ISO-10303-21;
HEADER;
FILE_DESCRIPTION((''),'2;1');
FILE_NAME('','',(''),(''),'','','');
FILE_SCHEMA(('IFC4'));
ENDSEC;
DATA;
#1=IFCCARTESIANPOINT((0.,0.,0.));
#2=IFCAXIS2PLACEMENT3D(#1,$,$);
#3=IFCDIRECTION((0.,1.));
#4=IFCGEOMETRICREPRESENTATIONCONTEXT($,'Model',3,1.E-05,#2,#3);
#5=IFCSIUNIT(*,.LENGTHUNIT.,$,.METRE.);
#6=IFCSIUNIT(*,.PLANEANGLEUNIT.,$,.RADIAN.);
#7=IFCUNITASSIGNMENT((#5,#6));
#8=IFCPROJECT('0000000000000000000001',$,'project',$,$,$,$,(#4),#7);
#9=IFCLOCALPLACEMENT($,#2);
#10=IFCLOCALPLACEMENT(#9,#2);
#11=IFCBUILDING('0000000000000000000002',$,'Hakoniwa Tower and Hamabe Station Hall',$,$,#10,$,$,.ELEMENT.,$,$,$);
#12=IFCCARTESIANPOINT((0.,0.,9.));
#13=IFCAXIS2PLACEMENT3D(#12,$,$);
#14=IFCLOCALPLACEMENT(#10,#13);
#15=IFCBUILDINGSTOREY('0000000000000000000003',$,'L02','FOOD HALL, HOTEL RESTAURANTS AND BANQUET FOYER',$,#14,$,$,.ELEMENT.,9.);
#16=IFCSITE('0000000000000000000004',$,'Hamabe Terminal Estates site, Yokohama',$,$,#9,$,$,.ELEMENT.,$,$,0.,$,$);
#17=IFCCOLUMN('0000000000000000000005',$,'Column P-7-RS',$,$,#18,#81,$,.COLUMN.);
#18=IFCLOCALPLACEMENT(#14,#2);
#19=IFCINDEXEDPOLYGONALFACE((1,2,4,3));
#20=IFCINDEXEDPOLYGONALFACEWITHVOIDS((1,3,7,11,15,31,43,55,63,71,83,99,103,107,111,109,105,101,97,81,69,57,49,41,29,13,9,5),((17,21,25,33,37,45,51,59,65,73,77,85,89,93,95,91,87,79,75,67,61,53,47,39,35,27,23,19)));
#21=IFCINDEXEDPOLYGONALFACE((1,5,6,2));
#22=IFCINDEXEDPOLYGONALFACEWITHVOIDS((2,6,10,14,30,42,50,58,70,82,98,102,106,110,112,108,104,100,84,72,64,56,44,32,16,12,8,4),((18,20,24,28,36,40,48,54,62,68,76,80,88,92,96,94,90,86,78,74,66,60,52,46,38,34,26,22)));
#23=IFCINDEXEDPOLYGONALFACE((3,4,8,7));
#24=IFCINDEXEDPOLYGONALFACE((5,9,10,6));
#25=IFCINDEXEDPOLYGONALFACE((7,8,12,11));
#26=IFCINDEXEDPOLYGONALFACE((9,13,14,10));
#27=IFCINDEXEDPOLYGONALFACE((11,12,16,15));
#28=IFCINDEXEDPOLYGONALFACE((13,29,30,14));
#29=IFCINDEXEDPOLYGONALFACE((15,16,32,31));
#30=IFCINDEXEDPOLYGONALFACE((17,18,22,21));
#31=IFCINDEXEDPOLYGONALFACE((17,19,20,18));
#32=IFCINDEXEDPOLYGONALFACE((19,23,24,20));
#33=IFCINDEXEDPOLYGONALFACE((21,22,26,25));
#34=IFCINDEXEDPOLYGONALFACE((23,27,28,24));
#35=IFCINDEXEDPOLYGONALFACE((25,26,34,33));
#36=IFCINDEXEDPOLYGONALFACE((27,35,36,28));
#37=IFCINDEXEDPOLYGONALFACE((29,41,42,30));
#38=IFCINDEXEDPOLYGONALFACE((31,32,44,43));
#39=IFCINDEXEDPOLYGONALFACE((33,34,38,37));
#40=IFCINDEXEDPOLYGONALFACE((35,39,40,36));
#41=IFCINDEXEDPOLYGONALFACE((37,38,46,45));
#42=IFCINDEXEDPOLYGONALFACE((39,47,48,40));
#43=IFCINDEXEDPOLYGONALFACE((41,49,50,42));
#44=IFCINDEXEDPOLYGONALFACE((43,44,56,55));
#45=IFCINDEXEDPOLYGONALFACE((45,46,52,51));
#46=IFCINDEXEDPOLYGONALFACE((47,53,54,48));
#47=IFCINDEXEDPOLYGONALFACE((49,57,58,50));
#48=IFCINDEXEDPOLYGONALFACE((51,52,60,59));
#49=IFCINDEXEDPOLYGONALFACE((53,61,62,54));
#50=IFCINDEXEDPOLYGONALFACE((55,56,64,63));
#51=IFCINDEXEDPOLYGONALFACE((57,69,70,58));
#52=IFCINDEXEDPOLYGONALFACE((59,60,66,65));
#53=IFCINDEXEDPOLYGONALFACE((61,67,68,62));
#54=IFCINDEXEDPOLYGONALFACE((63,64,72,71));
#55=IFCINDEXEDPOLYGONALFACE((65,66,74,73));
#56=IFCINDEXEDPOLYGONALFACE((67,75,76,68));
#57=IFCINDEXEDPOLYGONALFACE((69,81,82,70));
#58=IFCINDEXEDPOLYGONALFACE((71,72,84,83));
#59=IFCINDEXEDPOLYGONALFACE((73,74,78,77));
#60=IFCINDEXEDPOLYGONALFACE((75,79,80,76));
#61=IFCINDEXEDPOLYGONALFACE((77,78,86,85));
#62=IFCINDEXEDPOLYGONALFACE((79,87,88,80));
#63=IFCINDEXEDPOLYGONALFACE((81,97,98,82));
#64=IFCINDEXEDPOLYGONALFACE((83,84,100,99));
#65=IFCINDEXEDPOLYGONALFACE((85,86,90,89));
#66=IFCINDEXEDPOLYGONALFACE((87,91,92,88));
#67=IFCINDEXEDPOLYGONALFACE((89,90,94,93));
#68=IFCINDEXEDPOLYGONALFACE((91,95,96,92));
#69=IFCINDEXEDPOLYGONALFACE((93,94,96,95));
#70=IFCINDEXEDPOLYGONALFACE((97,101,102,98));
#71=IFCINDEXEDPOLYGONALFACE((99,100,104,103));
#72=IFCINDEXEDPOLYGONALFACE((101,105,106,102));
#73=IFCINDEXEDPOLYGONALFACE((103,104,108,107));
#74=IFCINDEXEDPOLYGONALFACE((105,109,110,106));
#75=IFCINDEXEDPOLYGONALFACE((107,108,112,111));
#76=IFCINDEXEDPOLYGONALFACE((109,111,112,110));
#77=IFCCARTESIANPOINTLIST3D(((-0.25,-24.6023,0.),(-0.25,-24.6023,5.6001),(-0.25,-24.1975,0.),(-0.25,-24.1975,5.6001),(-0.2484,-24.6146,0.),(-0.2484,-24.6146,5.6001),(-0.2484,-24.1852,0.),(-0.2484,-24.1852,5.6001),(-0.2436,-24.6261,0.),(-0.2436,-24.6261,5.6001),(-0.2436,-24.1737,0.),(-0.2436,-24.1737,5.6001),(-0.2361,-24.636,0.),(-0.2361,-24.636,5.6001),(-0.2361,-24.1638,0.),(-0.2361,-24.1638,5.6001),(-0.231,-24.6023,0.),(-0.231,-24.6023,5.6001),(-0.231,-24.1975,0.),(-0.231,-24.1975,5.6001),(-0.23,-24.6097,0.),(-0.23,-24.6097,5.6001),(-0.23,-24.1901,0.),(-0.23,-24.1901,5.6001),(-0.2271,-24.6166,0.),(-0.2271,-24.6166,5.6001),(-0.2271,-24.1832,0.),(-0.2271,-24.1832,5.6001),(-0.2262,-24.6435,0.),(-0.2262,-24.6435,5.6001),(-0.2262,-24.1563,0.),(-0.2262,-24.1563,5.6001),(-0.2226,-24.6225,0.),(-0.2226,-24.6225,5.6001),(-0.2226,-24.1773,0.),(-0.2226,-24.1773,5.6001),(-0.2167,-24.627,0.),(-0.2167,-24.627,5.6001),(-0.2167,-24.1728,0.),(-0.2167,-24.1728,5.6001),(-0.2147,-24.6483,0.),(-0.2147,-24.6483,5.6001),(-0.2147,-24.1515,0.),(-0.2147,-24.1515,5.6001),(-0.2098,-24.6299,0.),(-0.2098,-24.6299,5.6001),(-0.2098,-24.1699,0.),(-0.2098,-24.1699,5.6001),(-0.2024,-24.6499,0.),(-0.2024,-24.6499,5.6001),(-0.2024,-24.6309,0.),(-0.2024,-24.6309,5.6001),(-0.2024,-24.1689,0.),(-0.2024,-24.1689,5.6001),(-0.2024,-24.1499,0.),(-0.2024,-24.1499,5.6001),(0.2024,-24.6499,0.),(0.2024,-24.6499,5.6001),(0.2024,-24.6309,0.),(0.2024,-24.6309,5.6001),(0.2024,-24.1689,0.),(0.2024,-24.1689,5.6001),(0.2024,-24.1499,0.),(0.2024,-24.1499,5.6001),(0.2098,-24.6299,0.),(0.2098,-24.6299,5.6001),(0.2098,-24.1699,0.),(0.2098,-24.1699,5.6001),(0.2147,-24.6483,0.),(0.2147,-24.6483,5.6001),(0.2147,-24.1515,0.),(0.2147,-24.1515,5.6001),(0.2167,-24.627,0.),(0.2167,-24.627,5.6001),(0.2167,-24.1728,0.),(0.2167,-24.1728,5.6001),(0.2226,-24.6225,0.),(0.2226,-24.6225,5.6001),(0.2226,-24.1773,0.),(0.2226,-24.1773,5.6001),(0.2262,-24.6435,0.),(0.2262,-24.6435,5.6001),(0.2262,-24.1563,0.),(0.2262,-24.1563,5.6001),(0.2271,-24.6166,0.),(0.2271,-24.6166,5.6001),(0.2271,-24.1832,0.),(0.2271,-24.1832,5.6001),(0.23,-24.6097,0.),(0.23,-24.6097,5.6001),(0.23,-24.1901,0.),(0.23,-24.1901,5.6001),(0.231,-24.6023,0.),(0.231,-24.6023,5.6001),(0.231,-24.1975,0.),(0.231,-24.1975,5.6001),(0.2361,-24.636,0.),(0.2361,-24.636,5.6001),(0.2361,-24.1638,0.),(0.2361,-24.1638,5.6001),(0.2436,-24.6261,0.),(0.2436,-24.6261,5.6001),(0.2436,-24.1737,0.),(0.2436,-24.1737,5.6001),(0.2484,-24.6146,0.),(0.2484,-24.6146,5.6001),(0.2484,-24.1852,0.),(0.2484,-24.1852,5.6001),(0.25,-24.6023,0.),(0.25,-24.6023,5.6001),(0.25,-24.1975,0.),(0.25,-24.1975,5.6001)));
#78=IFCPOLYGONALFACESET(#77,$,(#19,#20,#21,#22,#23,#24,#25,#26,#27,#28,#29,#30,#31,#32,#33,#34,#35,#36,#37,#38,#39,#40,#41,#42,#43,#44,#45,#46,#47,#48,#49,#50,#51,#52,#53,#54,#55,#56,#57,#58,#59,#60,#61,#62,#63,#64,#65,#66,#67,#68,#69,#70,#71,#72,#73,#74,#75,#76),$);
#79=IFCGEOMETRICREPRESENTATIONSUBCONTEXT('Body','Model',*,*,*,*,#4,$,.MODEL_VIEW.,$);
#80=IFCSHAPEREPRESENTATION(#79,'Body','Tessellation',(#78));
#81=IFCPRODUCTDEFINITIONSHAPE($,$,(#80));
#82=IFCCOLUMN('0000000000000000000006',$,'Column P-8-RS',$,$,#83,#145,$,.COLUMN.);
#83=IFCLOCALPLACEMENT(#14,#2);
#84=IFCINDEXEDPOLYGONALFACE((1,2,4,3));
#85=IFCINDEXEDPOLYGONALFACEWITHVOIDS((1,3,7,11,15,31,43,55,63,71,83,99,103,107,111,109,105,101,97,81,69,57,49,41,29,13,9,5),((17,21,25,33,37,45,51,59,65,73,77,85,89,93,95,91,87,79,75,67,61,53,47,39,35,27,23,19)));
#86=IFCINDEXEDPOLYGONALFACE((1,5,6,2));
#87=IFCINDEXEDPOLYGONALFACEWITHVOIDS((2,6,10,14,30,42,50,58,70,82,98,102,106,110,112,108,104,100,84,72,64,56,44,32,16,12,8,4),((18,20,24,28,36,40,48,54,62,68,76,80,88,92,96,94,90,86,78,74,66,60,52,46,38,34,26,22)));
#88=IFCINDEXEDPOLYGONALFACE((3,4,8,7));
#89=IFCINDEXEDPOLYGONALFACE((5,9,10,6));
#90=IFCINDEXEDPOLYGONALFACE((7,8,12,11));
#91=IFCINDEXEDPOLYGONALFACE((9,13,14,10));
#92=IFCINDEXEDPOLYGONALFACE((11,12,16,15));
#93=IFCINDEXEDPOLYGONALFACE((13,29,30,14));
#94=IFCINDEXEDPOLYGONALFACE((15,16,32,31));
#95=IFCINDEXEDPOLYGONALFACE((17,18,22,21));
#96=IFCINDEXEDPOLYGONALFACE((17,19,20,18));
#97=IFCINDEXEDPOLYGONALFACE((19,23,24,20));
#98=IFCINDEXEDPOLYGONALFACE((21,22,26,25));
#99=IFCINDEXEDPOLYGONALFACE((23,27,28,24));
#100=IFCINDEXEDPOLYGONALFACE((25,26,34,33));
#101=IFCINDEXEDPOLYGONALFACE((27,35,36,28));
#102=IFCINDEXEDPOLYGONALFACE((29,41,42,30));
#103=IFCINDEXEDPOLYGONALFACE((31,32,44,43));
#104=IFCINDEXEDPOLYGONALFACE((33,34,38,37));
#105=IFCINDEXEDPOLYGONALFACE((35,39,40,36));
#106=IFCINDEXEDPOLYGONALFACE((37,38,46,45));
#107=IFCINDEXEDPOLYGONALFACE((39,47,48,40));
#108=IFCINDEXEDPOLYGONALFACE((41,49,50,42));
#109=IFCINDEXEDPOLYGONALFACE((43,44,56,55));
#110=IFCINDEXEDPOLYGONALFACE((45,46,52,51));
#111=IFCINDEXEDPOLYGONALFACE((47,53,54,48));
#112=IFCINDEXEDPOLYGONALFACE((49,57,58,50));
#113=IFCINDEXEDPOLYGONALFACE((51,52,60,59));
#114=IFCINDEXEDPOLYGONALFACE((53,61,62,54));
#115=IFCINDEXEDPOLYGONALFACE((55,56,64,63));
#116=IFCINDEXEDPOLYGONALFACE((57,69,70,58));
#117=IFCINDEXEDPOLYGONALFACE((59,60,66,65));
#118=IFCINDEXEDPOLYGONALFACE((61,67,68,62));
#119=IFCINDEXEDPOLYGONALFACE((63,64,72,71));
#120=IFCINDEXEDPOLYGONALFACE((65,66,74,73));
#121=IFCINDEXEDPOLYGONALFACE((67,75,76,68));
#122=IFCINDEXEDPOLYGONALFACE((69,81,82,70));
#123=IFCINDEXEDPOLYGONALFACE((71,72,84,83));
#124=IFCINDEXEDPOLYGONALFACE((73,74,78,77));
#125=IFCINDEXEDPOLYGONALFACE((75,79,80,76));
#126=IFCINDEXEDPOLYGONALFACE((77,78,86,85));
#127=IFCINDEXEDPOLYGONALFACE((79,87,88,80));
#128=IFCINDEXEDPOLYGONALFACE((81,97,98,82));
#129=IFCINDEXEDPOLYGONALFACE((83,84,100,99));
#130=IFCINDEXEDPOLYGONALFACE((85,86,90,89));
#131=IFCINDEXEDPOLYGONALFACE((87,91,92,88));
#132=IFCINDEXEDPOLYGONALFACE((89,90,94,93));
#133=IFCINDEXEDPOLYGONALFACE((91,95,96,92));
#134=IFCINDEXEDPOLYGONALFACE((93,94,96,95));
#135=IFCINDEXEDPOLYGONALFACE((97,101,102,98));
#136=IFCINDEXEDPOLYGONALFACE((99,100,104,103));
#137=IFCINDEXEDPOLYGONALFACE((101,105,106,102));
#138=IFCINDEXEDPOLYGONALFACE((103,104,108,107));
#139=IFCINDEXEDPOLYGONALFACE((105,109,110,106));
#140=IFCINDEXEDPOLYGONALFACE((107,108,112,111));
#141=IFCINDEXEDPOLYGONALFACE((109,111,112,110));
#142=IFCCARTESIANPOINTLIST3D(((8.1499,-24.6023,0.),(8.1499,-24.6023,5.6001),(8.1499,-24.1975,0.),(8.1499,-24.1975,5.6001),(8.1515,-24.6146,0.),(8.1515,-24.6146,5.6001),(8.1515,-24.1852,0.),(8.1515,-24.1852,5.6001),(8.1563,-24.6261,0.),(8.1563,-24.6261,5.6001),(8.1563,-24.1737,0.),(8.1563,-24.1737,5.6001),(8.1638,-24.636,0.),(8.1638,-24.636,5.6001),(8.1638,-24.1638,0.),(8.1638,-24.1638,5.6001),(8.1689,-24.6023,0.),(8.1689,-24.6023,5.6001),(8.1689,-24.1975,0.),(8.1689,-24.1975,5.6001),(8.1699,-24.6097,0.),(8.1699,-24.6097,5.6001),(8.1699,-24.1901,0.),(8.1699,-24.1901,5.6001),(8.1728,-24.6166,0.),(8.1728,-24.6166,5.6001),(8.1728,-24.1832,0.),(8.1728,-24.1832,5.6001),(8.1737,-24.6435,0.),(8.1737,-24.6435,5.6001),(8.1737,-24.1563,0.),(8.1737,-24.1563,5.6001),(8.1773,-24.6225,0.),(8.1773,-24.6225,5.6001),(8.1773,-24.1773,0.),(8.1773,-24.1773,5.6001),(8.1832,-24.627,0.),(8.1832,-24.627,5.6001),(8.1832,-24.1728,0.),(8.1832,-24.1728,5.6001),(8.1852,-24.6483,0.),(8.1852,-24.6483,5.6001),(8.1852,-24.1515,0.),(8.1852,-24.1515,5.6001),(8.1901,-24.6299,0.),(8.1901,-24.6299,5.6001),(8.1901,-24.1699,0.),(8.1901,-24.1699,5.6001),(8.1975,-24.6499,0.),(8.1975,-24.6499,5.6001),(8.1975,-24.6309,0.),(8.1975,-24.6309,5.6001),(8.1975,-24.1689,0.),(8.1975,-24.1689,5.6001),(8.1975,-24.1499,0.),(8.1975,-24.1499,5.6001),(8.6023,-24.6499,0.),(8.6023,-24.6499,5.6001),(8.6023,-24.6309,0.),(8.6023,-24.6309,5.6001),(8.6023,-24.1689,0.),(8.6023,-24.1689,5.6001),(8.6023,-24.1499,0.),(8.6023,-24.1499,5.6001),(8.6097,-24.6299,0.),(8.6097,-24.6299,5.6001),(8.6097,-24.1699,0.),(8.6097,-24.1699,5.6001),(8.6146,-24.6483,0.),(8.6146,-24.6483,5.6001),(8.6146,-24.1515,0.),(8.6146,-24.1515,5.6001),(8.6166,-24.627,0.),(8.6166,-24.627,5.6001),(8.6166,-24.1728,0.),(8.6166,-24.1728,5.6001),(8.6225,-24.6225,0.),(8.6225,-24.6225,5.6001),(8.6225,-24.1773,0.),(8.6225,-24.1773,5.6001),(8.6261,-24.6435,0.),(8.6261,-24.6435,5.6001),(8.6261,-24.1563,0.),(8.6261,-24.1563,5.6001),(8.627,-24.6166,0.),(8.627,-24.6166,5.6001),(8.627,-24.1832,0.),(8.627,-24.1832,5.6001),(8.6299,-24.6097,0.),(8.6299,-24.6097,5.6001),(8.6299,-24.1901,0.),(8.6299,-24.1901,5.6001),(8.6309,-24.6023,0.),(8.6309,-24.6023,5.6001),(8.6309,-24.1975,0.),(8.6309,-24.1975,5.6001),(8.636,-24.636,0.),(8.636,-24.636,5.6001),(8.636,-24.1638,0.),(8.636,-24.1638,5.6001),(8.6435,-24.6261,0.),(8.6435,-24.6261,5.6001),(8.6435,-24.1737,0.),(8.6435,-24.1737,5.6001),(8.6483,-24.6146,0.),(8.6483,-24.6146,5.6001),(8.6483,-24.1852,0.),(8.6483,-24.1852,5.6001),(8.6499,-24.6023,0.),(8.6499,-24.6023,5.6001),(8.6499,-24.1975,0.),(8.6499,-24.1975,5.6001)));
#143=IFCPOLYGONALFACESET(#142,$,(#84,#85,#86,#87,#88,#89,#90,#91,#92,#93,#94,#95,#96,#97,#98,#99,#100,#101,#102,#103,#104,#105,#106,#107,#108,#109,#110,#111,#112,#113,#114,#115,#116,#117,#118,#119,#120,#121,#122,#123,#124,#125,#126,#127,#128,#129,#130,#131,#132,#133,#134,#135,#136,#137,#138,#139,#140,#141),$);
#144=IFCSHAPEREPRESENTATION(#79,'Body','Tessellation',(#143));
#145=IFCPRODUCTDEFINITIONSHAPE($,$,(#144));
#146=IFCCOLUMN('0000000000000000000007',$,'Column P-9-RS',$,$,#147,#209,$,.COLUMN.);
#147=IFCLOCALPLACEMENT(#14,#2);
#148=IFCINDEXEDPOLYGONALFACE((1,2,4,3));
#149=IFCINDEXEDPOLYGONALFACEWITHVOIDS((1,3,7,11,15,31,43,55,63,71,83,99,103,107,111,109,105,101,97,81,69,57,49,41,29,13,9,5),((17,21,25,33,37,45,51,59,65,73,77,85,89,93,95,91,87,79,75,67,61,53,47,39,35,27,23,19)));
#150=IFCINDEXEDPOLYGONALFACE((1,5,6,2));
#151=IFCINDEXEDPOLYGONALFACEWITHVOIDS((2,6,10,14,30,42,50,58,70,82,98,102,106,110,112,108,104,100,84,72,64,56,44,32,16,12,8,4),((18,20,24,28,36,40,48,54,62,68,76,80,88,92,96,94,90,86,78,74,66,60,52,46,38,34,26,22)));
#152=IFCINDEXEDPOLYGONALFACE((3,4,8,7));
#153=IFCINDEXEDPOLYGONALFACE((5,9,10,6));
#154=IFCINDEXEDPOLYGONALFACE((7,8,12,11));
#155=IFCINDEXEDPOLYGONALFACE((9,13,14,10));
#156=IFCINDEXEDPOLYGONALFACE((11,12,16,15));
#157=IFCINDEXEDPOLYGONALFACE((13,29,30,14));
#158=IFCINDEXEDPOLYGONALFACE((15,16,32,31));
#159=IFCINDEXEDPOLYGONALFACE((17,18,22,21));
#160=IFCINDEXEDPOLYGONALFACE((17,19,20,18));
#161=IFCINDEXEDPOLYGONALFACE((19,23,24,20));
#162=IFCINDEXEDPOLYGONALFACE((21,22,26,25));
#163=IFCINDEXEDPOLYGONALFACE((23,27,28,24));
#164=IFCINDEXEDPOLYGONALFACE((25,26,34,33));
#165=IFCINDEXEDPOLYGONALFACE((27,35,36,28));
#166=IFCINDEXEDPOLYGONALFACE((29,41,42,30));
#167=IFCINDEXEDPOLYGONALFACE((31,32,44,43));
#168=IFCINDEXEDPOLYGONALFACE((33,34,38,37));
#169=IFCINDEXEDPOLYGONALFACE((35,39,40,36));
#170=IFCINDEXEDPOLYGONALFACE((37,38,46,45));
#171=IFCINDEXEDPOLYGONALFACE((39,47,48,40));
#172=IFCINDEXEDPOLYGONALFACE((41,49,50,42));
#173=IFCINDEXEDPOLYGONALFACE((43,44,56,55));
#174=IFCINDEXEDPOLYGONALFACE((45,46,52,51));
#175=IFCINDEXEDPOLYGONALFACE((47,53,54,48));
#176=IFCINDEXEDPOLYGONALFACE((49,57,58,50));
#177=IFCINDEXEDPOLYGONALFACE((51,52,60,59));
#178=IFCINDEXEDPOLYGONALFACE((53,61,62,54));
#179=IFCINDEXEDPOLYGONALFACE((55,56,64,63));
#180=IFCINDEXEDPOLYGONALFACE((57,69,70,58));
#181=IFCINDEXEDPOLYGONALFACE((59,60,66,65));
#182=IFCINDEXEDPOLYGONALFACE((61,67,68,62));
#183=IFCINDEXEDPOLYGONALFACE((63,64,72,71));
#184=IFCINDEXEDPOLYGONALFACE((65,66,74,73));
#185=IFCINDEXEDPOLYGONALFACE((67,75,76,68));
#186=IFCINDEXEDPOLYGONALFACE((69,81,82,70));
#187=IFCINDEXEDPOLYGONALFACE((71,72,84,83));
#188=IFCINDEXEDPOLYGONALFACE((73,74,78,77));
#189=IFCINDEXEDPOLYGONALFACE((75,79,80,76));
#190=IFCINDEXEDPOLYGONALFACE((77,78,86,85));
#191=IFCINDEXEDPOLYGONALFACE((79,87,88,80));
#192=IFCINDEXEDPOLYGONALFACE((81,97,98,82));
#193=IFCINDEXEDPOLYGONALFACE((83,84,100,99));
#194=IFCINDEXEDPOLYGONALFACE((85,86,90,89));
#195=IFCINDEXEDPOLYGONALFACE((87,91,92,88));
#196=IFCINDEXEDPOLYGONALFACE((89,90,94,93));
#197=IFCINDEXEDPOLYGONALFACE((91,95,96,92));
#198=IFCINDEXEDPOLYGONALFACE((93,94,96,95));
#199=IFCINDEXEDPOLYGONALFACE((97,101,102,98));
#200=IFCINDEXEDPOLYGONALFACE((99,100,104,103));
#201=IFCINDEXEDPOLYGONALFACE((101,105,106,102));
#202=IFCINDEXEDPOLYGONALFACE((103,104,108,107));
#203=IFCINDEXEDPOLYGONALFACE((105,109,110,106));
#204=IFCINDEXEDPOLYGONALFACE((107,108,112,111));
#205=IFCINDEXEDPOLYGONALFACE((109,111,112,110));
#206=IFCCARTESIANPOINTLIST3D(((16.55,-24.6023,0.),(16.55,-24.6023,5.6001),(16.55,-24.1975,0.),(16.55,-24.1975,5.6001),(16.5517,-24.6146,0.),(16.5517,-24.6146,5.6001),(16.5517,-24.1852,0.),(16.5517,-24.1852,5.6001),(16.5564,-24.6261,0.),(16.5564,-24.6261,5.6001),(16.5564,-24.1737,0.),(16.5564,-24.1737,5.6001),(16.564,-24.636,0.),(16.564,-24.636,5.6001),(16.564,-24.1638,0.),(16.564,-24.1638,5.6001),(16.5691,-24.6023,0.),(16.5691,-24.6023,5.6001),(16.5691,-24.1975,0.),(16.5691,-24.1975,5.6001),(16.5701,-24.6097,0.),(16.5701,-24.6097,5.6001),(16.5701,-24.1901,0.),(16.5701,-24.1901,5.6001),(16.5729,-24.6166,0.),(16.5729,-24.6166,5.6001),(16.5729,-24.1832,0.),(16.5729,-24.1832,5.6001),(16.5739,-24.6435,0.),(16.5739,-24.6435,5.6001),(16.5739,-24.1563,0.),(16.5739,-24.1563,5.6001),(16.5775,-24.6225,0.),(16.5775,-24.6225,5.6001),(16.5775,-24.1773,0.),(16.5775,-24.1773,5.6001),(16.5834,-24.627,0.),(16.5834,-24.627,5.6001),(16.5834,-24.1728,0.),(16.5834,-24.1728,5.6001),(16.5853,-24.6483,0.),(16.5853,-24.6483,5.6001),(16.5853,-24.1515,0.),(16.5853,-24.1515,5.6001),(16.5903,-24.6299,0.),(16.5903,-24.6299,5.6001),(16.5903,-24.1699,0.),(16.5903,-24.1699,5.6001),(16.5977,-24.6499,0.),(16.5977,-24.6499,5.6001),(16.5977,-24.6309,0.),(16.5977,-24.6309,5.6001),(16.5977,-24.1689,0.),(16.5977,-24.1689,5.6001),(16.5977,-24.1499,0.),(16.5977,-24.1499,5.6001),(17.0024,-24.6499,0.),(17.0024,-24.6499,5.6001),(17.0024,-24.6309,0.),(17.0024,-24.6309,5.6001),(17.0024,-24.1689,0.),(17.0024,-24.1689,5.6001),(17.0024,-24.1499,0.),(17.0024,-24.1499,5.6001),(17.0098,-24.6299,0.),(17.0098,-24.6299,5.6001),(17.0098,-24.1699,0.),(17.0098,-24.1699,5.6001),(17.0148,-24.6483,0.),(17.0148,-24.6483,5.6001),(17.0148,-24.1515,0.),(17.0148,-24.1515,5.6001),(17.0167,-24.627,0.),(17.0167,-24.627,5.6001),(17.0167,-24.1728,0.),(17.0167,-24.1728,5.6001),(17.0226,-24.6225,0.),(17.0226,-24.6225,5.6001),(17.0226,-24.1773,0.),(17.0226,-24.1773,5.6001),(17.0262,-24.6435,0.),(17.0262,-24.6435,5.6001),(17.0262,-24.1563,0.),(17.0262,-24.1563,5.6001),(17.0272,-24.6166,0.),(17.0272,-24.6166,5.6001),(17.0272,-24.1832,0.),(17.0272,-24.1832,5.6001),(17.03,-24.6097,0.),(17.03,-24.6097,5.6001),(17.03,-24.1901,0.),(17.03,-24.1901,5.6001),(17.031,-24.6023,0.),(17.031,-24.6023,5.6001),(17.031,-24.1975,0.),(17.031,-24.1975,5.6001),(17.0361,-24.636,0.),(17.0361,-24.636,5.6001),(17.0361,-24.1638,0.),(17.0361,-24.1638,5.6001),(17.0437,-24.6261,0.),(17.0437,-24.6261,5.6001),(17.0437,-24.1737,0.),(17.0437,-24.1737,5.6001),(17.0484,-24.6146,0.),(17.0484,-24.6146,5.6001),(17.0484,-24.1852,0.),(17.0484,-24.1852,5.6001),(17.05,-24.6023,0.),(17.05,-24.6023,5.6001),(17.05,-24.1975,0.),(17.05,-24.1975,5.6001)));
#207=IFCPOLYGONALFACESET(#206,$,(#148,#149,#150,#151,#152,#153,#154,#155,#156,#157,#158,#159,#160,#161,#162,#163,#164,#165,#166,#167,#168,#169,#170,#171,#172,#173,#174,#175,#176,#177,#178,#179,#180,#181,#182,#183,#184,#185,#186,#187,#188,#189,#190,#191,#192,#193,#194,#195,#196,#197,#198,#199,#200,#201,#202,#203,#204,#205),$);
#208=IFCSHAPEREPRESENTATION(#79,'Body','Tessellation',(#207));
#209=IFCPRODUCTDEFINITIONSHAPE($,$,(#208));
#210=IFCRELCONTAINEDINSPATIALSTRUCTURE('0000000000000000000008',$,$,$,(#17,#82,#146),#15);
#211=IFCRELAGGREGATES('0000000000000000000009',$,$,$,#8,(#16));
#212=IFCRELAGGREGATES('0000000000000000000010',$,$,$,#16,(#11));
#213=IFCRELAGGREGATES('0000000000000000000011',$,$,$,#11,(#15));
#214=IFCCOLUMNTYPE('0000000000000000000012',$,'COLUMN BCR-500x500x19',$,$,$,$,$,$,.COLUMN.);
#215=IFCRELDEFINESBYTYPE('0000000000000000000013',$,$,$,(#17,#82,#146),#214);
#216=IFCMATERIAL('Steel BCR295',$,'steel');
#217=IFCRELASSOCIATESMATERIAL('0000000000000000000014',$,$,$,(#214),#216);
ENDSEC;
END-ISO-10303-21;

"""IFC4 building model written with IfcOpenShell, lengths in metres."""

from ifc_helpers import new_model, si_unit, direction, frame, origin, origin_2d, place, context, subcontext, project, spatial, hollow_rectangle, extrude, material, material_profile, profile_set, type_object, element, save


model = new_model("IFC4")

# Units and contexts
model_context = context("Model", 3, precision=1e-05, world=origin(), true_north=direction((0.0, 1.0)))
body_context = subcontext(model_context, "Body", "Model", "MODEL_VIEW")
ifc_project = project(units=[si_unit("LENGTHUNIT", "METRE"), si_unit("PLANEANGLEUNIT", "RADIAN")], contexts=[model_context])

# Site, building, storey
site_placement = place(None, origin())
site = spatial("IfcSite", under=ifc_project, at=site_placement, Name="Hamabe Terminal Estates site, Yokohama", CompositionType="ELEMENT", RefElevation=0.0)
building_placement = place(site_placement, origin())
building = spatial("IfcBuilding", under=site, at=building_placement, Name="Hakoniwa Tower and Hamabe Station Hall", CompositionType="ELEMENT")
storey_placement = place(building_placement, frame((0.0, 0.0, 9.0)))
storey = spatial("IfcBuildingStorey", under=building, at=storey_placement, Name="L02", Description="FOOD HALL, HOTEL RESTAURANTS AND BANQUET FOYER", CompositionType="ELEMENT", Elevation=9.0)

# Columns
ifc_material_1 = material(Name="Steel BCR295", Category="steel")
ifc_material_profile_1 = material_profile(ifc_material_1, hollow_rectangle(XDim=0.5, YDim=0.5, WallThickness=0.019, InnerFilletRadius=0.0286, OuterFilletRadius=0.0476, at=origin_2d()), Name="BCR-500x500x19")
ifc_profile_set_1 = profile_set([ifc_material_profile_1], Name="Steel BCR295")
column_type_1 = type_object("IfcColumnType", Name="COLUMN BCR-500x500x19", PredefinedType="COLUMN", material=ifc_profile_set_1)
for number, where, z_axis, x_axis, name in (
    (1, (0.0, -24.3999, 0.0), (0.0, 0.0, 1.0), (1.0, 0.0, 0.0), "Column P-7-RS"),
    (2, (8.3999, -24.3999, 0.0), (0.0, 0.0, 1.0), (1.0, 0.0, 0.0), "Column P-8-RS"),
    (3, (16.8, -24.3999, 0.0), (0.0, 0.0, 1.0), (1.0, 0.0, 0.0), "Column P-9-RS"),
):
    element("IfcColumn", number, at=place(storey_placement, frame(where, z_axis=z_axis, x_axis=x_axis)), inside=storey, type_object=column_type_1, Name=name, PredefinedType="COLUMN", context=body_context, shape_type="SweptSolid", body=[
        extrude(hollow_rectangle(XDim=0.5, YDim=0.5, WallThickness=0.019, InnerFilletRadius=0.0286, OuterFilletRadius=0.0476, at=origin_2d()), origin(), (0.0, 0.0, 1.0), 5.6001),
    ])

save(model, "model.ifc")
